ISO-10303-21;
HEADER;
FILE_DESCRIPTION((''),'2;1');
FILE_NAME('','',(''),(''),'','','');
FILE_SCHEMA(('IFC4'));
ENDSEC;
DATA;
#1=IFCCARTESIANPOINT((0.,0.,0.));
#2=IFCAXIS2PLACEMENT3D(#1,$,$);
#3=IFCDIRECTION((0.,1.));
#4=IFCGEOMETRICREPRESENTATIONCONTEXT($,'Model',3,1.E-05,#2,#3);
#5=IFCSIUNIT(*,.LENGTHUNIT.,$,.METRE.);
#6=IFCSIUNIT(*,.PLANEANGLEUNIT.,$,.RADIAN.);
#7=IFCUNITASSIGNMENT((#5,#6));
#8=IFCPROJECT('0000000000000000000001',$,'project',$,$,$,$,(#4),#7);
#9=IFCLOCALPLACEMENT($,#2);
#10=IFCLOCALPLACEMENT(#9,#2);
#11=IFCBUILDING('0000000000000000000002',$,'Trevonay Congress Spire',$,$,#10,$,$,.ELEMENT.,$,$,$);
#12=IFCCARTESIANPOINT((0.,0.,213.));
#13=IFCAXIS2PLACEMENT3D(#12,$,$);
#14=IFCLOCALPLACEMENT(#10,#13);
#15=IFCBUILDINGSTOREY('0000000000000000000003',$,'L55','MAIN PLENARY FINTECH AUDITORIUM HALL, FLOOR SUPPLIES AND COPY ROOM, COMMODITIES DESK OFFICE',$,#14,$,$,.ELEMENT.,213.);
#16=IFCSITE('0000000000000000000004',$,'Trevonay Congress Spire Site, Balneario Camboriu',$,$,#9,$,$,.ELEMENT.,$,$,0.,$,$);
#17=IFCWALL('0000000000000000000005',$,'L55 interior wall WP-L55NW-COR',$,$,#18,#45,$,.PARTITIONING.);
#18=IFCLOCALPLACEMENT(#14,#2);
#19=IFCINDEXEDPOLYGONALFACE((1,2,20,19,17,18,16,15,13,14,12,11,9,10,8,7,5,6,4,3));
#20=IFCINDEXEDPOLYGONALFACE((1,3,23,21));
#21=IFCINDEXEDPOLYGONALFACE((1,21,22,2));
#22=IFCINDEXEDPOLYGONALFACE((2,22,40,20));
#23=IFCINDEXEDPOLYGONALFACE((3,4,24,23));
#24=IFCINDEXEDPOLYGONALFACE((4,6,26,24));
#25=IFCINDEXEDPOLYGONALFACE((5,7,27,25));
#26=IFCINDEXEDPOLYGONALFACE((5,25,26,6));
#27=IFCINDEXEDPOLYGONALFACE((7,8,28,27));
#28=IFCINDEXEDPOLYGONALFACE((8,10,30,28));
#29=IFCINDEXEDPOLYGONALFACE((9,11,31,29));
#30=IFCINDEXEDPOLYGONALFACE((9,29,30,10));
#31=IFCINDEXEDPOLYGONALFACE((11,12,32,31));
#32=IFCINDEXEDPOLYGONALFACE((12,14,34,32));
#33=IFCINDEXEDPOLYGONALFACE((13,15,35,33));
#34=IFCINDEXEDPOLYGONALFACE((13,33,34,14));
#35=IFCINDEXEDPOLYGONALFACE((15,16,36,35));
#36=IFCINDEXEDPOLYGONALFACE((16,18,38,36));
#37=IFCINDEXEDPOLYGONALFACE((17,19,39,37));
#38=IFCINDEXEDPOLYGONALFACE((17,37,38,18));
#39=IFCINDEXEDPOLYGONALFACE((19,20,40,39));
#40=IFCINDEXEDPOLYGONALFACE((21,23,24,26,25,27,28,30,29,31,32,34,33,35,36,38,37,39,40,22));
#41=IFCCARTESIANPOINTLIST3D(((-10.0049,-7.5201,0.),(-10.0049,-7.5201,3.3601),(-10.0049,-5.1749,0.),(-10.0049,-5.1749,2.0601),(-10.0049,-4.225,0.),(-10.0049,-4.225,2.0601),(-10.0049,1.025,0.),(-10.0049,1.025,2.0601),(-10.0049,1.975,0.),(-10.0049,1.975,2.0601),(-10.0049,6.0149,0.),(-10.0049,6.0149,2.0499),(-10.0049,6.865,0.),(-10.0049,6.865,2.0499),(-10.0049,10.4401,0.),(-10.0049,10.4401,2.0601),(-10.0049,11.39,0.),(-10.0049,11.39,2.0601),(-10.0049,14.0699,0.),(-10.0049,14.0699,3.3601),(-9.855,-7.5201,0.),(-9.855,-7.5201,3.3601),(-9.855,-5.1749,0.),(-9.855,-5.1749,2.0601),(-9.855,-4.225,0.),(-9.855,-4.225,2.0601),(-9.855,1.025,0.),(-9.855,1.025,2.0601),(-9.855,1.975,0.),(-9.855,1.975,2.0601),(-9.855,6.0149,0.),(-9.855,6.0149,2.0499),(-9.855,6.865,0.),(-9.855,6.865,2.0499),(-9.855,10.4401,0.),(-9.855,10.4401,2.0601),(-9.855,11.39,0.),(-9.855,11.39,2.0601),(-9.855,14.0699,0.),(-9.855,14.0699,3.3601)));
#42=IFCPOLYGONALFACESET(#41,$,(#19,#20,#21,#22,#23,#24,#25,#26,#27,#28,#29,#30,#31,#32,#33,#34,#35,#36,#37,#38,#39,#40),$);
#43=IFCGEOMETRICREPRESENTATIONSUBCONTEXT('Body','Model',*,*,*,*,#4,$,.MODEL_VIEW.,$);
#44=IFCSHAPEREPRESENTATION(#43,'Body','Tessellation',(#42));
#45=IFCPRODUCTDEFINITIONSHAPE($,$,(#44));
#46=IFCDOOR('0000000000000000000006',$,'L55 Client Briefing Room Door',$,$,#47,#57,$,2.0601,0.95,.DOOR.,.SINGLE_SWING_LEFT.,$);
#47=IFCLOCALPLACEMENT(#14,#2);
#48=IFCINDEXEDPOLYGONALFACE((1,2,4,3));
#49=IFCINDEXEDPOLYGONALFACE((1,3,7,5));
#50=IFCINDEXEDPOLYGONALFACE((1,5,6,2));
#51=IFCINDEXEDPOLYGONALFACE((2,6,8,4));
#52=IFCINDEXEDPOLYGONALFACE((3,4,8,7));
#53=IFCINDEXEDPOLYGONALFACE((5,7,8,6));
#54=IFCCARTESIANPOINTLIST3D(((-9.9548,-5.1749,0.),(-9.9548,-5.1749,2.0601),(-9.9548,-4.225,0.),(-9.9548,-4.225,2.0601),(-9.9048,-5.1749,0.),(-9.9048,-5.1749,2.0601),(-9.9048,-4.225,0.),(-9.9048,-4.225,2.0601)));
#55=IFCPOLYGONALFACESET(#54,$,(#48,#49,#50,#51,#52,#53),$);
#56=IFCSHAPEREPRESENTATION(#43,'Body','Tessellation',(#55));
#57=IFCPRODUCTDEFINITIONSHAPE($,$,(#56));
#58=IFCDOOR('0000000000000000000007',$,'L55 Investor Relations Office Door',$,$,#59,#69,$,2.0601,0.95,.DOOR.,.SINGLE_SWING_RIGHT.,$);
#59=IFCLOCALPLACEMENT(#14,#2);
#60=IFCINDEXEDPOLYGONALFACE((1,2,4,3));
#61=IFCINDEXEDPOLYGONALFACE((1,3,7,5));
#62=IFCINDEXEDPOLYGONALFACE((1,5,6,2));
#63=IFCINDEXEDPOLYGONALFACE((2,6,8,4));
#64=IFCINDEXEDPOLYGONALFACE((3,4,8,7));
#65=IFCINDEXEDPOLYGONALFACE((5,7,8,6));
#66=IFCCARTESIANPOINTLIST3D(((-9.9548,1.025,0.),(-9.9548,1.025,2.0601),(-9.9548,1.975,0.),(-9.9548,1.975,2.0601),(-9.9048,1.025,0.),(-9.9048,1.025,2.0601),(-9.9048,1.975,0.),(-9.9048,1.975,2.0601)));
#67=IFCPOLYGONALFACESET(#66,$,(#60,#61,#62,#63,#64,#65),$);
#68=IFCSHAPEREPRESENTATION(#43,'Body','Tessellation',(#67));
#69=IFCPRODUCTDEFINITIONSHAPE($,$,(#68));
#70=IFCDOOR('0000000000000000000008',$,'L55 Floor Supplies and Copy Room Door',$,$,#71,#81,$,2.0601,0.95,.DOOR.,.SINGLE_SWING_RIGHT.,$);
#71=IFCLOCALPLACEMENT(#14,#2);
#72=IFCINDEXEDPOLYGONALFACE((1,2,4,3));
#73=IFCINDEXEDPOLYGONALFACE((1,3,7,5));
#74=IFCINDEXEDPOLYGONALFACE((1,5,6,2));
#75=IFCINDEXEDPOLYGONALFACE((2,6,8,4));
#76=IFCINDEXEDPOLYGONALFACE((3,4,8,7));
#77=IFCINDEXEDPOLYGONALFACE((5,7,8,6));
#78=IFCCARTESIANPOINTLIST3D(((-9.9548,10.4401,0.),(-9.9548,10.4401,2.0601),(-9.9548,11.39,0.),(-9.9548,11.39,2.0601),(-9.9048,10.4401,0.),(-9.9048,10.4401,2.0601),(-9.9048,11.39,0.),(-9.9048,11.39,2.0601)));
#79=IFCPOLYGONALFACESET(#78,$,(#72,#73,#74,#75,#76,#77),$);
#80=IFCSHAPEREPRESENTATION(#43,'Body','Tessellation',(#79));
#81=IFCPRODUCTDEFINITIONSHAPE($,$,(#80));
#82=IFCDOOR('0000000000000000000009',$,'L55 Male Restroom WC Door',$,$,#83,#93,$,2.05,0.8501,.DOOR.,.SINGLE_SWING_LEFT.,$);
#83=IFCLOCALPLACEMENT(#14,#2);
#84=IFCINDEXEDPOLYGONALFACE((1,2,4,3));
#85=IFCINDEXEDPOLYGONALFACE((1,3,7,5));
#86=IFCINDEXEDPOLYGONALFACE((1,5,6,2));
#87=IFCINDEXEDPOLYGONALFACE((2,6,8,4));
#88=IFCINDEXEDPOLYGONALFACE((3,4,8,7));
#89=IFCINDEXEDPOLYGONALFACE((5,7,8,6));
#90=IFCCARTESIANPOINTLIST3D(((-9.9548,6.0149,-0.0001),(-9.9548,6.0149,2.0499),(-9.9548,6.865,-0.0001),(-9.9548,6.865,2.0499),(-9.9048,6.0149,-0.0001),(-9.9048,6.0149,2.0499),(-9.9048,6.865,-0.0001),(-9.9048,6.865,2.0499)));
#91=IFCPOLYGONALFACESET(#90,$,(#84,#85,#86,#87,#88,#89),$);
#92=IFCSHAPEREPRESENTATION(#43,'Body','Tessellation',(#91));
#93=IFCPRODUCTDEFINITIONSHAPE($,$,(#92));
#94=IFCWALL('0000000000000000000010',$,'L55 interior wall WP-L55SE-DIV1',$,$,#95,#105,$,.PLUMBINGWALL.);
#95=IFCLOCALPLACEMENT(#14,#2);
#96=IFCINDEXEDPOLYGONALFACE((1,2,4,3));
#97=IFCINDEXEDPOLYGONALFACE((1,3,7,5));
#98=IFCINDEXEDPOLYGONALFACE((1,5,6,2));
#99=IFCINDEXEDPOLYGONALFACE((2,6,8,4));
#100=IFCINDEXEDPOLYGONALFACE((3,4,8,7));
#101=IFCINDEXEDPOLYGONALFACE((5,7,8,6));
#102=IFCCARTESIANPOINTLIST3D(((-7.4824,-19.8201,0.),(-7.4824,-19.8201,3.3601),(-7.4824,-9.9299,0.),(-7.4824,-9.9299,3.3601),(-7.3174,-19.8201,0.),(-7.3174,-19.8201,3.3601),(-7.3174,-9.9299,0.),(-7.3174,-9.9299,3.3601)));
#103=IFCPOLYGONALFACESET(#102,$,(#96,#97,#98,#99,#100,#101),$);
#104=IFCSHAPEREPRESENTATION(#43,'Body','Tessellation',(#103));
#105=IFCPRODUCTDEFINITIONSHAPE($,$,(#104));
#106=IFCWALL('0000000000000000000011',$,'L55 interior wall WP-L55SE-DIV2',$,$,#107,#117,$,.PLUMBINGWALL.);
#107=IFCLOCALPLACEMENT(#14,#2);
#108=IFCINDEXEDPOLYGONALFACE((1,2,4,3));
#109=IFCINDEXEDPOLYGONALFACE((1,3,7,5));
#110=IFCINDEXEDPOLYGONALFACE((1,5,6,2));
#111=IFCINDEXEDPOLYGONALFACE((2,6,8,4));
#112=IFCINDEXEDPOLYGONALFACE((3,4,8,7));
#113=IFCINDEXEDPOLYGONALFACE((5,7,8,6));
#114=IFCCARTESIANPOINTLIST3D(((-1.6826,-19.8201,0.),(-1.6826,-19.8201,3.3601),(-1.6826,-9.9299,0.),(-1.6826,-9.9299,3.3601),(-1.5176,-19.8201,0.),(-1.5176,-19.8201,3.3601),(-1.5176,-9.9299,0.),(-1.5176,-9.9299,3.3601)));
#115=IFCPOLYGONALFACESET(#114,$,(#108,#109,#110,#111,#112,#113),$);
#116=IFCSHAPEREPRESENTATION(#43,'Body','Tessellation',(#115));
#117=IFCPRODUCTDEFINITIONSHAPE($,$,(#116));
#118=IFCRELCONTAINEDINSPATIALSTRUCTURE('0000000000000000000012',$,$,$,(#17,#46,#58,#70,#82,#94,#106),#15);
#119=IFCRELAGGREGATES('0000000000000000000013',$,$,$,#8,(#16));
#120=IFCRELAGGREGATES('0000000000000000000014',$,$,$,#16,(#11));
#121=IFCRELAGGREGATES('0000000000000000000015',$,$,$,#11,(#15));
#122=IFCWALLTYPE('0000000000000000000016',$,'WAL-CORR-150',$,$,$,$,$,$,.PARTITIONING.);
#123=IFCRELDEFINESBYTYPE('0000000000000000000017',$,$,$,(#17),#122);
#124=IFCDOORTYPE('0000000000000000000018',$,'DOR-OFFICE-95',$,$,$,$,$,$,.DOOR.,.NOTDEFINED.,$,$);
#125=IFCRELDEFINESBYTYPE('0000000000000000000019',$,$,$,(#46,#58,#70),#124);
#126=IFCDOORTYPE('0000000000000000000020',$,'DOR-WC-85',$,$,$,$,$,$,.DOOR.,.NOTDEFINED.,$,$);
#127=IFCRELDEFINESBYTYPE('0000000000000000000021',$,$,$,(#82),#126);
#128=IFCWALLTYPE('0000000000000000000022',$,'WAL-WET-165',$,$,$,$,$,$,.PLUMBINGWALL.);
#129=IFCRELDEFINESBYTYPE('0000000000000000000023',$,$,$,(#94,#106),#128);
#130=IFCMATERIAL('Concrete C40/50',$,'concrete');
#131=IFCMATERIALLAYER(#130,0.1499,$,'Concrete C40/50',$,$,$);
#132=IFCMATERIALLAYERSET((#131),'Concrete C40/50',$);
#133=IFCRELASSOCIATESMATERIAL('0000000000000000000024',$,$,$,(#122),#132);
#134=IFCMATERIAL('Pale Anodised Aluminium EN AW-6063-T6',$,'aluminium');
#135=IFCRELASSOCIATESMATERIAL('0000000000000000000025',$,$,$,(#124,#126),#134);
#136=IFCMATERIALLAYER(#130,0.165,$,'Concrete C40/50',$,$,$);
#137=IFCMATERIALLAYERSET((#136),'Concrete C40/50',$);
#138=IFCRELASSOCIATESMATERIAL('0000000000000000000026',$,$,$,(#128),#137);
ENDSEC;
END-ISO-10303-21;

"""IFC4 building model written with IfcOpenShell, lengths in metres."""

from ifc_helpers import new_model, si_unit, direction, frame, frame_2d, origin, place, context, subcontext, project, spatial, rectangle, extrude, material, layer, layer_set, type_object, element, fill, save


model = new_model("IFC4")

# Units and contexts
model_context = context("Model", 3, precision=1e-05, world=origin(), true_north=direction((0.0, 1.0)))
body_context = subcontext(model_context, "Body", "Model", "MODEL_VIEW")
ifc_project = project(units=[si_unit("LENGTHUNIT", "METRE"), si_unit("PLANEANGLEUNIT", "RADIAN")], contexts=[model_context])

# Site, building, storey
site_placement = place(None, origin())
site = spatial("IfcSite", under=ifc_project, at=site_placement, Name="Trevonay Congress Spire Site, Balneario Camboriu", CompositionType="ELEMENT", RefElevation=0.0)
building_placement = place(site_placement, origin())
building = spatial("IfcBuilding", under=site, at=building_placement, Name="Trevonay Congress Spire", CompositionType="ELEMENT")
storey_placement = place(building_placement, frame((0.0, 0.0, 213.0)))
storey = spatial("IfcBuildingStorey", under=building, at=storey_placement, Name="L55", Description="MAIN PLENARY FINTECH AUDITORIUM HALL, FLOOR SUPPLIES AND COPY ROOM, COMMODITIES DESK OFFICE", CompositionType="ELEMENT", Elevation=213.0)

# Shared definitions
ifc_material_1 = material(Name="Pale Anodised Aluminium EN AW-6063-T6", Category="aluminium")

# Wall, openings, doors
ifc_material_2 = material(Name="Concrete C40/50", Category="concrete")
ifc_layer_1 = layer(ifc_material_2, 0.1499, Name="Concrete C40/50")
ifc_layer_set_1 = layer_set([ifc_layer_1], Name="Concrete C40/50")
wall_type_1 = type_object("IfcWallType", Name="WAL-CORR-150", PredefinedType="PARTITIONING", material=ifc_layer_set_1)
door_type_1 = type_object("IfcDoorType", Name="DOR-OFFICE-95", OperationType="NOTDEFINED", PredefinedType="DOOR", material=ifc_material_1)
door_type_2 = type_object("IfcDoorType", Name="DOR-WC-85", OperationType="NOTDEFINED", PredefinedType="DOOR", material=ifc_material_1)
wall_1_placement = place(storey_placement, frame((-9.9299, -7.52, 0.0), z_axis=(0.0, 0.0, 1.0), x_axis=(0.0, 1.0, 0.0)))
wall_1 = element("IfcWall", 1, at=wall_1_placement, inside=storey, type_object=wall_type_1, Name="L55 interior wall WP-L55NW-COR", PredefinedType="PARTITIONING", context=body_context, shape_type="SweptSolid", body=[
    extrude(rectangle(XDim=21.5901, YDim=0.1499, at=frame_2d((10.7949, 0.0))), origin(), (0.0, 0.0, 1.0), 3.3601),
])
opening_1_placement = place(wall_1_placement, frame((2.345, 0.0, 0.0)))
opening_1 = element("IfcOpeningElement", 2, at=opening_1_placement, cuts=wall_1, PredefinedType="OPENING", context=body_context, shape_type="SweptSolid", body=[
    extrude(rectangle(XDim=0.95, YDim=2.0601, at=frame_2d((0.4751, 1.03))), frame((0.0, 0.085, 0.0), z_axis=(0.0, -1.0, 0.0), x_axis=(1.0, 0.0, 0.0)), (0.0, 0.0, 1.0), 0.1699),
])
opening_2_placement = place(wall_1_placement, frame((8.5449, 0.0, 0.0)))
opening_2 = element("IfcOpeningElement", 3, at=opening_2_placement, cuts=wall_1, PredefinedType="OPENING", context=body_context, shape_type="SweptSolid", body=[
    extrude(rectangle(XDim=0.95, YDim=2.0601, at=frame_2d((0.4751, 1.03))), frame((0.0, 0.085, 0.0), z_axis=(0.0, -1.0, 0.0), x_axis=(1.0, 0.0, 0.0)), (0.0, 0.0, 1.0), 0.1699),
])
opening_3_placement = place(wall_1_placement, frame((13.5349, 0.0, 0.0)))
opening_3 = element("IfcOpeningElement", 4, at=opening_3_placement, cuts=wall_1, PredefinedType="OPENING", context=body_context, shape_type="SweptSolid", body=[
    extrude(rectangle(XDim=0.8501, YDim=2.05, at=frame_2d((0.425, 1.0249))), frame((0.0, 0.085, 0.0), z_axis=(0.0, -1.0, 0.0), x_axis=(1.0, 0.0, 0.0)), (0.0, 0.0, 1.0), 0.1699),
])
opening_4_placement = place(wall_1_placement, frame((17.96, 0.0, 0.0)))
opening_4 = element("IfcOpeningElement", 5, at=opening_4_placement, cuts=wall_1, PredefinedType="OPENING", context=body_context, shape_type="SweptSolid", body=[
    extrude(rectangle(XDim=0.95, YDim=2.0601, at=frame_2d((0.4751, 1.03))), frame((0.0, 0.085, 0.0), z_axis=(0.0, -1.0, 0.0), x_axis=(1.0, 0.0, 0.0)), (0.0, 0.0, 1.0), 0.1699),
])
door_1_placement = place(opening_1_placement, origin())
door_1 = element("IfcDoor", 6, at=door_1_placement, inside=storey, type_object=door_type_1, Name="L55 Client Briefing Room Door", OperationType="SINGLE_SWING_LEFT", OverallHeight=2.0601, OverallWidth=0.95, PredefinedType="DOOR", context=body_context, shape_type="SweptSolid", body=[
    extrude(rectangle(XDim=0.95, YDim=2.0601, at=frame_2d((0.4751, 1.03))), frame((0.0, 0.0249, 0.0), z_axis=(0.0, -1.0, 0.0), x_axis=(1.0, 0.0, 0.0)), (0.0, 0.0, 1.0), 0.05),
])
fill(opening_1, door_1)
door_2_placement = place(opening_2_placement, origin())
door_2 = element("IfcDoor", 7, at=door_2_placement, inside=storey, type_object=door_type_1, Name="L55 Investor Relations Office Door", OperationType="SINGLE_SWING_RIGHT", OverallHeight=2.0601, OverallWidth=0.95, PredefinedType="DOOR", context=body_context, shape_type="SweptSolid", body=[
    extrude(rectangle(XDim=0.95, YDim=2.0601, at=frame_2d((0.4751, 1.03))), frame((0.0, 0.0249, 0.0), z_axis=(0.0, -1.0, 0.0), x_axis=(1.0, 0.0, 0.0)), (0.0, 0.0, 1.0), 0.05),
])
fill(opening_2, door_2)
door_3_placement = place(opening_4_placement, origin())
door_3 = element("IfcDoor", 8, at=door_3_placement, inside=storey, type_object=door_type_1, Name="L55 Floor Supplies and Copy Room Door", OperationType="SINGLE_SWING_RIGHT", OverallHeight=2.0601, OverallWidth=0.95, PredefinedType="DOOR", context=body_context, shape_type="SweptSolid", body=[
    extrude(rectangle(XDim=0.95, YDim=2.0601, at=frame_2d((0.4751, 1.03))), frame((0.0, 0.0249, 0.0), z_axis=(0.0, -1.0, 0.0), x_axis=(1.0, 0.0, 0.0)), (0.0, 0.0, 1.0), 0.05),
])
fill(opening_4, door_3)
door_4_placement = place(opening_3_placement, origin())
door_4 = element("IfcDoor", 9, at=door_4_placement, inside=storey, type_object=door_type_2, Name="L55 Male Restroom WC Door", OperationType="SINGLE_SWING_LEFT", OverallHeight=2.05, OverallWidth=0.8501, PredefinedType="DOOR", context=body_context, shape_type="SweptSolid", body=[
    extrude(rectangle(XDim=0.8501, YDim=2.05, at=frame_2d((0.425, 1.0249))), frame((0.0, 0.0249, 0.0), z_axis=(0.0, -1.0, 0.0), x_axis=(1.0, 0.0, 0.0)), (0.0, 0.0, 1.0), 0.05),
])
fill(opening_3, door_4)

# Walls
ifc_layer_2 = layer(ifc_material_2, 0.165, Name="Concrete C40/50")
ifc_layer_set_2 = layer_set([ifc_layer_2], Name="Concrete C40/50")
wall_type_2 = type_object("IfcWallType", Name="WAL-WET-165", PredefinedType="PLUMBINGWALL", material=ifc_layer_set_2)
for number, where, z_axis, x_axis, name in (
    (10, (-7.3999, -19.8201, 0.0), (0.0, 0.0, 1.0), (0.0, 1.0, 0.0), "L55 interior wall WP-L55SE-DIV1"),
    (11, (-1.6001, -19.8201, 0.0), (0.0, 0.0, 1.0), (0.0, 1.0, 0.0), "L55 interior wall WP-L55SE-DIV2"),
):
    element("IfcWall", number, at=place(storey_placement, frame(where, z_axis=z_axis, x_axis=x_axis)), inside=storey, type_object=wall_type_2, Name=name, PredefinedType="PLUMBINGWALL", context=body_context, shape_type="SweptSolid", body=[
        extrude(rectangle(XDim=9.8901, YDim=0.165, at=frame_2d((4.9451, 0.0))), origin(), (0.0, 0.0, 1.0), 3.3601),
    ])

save(model, "model.ifc")
